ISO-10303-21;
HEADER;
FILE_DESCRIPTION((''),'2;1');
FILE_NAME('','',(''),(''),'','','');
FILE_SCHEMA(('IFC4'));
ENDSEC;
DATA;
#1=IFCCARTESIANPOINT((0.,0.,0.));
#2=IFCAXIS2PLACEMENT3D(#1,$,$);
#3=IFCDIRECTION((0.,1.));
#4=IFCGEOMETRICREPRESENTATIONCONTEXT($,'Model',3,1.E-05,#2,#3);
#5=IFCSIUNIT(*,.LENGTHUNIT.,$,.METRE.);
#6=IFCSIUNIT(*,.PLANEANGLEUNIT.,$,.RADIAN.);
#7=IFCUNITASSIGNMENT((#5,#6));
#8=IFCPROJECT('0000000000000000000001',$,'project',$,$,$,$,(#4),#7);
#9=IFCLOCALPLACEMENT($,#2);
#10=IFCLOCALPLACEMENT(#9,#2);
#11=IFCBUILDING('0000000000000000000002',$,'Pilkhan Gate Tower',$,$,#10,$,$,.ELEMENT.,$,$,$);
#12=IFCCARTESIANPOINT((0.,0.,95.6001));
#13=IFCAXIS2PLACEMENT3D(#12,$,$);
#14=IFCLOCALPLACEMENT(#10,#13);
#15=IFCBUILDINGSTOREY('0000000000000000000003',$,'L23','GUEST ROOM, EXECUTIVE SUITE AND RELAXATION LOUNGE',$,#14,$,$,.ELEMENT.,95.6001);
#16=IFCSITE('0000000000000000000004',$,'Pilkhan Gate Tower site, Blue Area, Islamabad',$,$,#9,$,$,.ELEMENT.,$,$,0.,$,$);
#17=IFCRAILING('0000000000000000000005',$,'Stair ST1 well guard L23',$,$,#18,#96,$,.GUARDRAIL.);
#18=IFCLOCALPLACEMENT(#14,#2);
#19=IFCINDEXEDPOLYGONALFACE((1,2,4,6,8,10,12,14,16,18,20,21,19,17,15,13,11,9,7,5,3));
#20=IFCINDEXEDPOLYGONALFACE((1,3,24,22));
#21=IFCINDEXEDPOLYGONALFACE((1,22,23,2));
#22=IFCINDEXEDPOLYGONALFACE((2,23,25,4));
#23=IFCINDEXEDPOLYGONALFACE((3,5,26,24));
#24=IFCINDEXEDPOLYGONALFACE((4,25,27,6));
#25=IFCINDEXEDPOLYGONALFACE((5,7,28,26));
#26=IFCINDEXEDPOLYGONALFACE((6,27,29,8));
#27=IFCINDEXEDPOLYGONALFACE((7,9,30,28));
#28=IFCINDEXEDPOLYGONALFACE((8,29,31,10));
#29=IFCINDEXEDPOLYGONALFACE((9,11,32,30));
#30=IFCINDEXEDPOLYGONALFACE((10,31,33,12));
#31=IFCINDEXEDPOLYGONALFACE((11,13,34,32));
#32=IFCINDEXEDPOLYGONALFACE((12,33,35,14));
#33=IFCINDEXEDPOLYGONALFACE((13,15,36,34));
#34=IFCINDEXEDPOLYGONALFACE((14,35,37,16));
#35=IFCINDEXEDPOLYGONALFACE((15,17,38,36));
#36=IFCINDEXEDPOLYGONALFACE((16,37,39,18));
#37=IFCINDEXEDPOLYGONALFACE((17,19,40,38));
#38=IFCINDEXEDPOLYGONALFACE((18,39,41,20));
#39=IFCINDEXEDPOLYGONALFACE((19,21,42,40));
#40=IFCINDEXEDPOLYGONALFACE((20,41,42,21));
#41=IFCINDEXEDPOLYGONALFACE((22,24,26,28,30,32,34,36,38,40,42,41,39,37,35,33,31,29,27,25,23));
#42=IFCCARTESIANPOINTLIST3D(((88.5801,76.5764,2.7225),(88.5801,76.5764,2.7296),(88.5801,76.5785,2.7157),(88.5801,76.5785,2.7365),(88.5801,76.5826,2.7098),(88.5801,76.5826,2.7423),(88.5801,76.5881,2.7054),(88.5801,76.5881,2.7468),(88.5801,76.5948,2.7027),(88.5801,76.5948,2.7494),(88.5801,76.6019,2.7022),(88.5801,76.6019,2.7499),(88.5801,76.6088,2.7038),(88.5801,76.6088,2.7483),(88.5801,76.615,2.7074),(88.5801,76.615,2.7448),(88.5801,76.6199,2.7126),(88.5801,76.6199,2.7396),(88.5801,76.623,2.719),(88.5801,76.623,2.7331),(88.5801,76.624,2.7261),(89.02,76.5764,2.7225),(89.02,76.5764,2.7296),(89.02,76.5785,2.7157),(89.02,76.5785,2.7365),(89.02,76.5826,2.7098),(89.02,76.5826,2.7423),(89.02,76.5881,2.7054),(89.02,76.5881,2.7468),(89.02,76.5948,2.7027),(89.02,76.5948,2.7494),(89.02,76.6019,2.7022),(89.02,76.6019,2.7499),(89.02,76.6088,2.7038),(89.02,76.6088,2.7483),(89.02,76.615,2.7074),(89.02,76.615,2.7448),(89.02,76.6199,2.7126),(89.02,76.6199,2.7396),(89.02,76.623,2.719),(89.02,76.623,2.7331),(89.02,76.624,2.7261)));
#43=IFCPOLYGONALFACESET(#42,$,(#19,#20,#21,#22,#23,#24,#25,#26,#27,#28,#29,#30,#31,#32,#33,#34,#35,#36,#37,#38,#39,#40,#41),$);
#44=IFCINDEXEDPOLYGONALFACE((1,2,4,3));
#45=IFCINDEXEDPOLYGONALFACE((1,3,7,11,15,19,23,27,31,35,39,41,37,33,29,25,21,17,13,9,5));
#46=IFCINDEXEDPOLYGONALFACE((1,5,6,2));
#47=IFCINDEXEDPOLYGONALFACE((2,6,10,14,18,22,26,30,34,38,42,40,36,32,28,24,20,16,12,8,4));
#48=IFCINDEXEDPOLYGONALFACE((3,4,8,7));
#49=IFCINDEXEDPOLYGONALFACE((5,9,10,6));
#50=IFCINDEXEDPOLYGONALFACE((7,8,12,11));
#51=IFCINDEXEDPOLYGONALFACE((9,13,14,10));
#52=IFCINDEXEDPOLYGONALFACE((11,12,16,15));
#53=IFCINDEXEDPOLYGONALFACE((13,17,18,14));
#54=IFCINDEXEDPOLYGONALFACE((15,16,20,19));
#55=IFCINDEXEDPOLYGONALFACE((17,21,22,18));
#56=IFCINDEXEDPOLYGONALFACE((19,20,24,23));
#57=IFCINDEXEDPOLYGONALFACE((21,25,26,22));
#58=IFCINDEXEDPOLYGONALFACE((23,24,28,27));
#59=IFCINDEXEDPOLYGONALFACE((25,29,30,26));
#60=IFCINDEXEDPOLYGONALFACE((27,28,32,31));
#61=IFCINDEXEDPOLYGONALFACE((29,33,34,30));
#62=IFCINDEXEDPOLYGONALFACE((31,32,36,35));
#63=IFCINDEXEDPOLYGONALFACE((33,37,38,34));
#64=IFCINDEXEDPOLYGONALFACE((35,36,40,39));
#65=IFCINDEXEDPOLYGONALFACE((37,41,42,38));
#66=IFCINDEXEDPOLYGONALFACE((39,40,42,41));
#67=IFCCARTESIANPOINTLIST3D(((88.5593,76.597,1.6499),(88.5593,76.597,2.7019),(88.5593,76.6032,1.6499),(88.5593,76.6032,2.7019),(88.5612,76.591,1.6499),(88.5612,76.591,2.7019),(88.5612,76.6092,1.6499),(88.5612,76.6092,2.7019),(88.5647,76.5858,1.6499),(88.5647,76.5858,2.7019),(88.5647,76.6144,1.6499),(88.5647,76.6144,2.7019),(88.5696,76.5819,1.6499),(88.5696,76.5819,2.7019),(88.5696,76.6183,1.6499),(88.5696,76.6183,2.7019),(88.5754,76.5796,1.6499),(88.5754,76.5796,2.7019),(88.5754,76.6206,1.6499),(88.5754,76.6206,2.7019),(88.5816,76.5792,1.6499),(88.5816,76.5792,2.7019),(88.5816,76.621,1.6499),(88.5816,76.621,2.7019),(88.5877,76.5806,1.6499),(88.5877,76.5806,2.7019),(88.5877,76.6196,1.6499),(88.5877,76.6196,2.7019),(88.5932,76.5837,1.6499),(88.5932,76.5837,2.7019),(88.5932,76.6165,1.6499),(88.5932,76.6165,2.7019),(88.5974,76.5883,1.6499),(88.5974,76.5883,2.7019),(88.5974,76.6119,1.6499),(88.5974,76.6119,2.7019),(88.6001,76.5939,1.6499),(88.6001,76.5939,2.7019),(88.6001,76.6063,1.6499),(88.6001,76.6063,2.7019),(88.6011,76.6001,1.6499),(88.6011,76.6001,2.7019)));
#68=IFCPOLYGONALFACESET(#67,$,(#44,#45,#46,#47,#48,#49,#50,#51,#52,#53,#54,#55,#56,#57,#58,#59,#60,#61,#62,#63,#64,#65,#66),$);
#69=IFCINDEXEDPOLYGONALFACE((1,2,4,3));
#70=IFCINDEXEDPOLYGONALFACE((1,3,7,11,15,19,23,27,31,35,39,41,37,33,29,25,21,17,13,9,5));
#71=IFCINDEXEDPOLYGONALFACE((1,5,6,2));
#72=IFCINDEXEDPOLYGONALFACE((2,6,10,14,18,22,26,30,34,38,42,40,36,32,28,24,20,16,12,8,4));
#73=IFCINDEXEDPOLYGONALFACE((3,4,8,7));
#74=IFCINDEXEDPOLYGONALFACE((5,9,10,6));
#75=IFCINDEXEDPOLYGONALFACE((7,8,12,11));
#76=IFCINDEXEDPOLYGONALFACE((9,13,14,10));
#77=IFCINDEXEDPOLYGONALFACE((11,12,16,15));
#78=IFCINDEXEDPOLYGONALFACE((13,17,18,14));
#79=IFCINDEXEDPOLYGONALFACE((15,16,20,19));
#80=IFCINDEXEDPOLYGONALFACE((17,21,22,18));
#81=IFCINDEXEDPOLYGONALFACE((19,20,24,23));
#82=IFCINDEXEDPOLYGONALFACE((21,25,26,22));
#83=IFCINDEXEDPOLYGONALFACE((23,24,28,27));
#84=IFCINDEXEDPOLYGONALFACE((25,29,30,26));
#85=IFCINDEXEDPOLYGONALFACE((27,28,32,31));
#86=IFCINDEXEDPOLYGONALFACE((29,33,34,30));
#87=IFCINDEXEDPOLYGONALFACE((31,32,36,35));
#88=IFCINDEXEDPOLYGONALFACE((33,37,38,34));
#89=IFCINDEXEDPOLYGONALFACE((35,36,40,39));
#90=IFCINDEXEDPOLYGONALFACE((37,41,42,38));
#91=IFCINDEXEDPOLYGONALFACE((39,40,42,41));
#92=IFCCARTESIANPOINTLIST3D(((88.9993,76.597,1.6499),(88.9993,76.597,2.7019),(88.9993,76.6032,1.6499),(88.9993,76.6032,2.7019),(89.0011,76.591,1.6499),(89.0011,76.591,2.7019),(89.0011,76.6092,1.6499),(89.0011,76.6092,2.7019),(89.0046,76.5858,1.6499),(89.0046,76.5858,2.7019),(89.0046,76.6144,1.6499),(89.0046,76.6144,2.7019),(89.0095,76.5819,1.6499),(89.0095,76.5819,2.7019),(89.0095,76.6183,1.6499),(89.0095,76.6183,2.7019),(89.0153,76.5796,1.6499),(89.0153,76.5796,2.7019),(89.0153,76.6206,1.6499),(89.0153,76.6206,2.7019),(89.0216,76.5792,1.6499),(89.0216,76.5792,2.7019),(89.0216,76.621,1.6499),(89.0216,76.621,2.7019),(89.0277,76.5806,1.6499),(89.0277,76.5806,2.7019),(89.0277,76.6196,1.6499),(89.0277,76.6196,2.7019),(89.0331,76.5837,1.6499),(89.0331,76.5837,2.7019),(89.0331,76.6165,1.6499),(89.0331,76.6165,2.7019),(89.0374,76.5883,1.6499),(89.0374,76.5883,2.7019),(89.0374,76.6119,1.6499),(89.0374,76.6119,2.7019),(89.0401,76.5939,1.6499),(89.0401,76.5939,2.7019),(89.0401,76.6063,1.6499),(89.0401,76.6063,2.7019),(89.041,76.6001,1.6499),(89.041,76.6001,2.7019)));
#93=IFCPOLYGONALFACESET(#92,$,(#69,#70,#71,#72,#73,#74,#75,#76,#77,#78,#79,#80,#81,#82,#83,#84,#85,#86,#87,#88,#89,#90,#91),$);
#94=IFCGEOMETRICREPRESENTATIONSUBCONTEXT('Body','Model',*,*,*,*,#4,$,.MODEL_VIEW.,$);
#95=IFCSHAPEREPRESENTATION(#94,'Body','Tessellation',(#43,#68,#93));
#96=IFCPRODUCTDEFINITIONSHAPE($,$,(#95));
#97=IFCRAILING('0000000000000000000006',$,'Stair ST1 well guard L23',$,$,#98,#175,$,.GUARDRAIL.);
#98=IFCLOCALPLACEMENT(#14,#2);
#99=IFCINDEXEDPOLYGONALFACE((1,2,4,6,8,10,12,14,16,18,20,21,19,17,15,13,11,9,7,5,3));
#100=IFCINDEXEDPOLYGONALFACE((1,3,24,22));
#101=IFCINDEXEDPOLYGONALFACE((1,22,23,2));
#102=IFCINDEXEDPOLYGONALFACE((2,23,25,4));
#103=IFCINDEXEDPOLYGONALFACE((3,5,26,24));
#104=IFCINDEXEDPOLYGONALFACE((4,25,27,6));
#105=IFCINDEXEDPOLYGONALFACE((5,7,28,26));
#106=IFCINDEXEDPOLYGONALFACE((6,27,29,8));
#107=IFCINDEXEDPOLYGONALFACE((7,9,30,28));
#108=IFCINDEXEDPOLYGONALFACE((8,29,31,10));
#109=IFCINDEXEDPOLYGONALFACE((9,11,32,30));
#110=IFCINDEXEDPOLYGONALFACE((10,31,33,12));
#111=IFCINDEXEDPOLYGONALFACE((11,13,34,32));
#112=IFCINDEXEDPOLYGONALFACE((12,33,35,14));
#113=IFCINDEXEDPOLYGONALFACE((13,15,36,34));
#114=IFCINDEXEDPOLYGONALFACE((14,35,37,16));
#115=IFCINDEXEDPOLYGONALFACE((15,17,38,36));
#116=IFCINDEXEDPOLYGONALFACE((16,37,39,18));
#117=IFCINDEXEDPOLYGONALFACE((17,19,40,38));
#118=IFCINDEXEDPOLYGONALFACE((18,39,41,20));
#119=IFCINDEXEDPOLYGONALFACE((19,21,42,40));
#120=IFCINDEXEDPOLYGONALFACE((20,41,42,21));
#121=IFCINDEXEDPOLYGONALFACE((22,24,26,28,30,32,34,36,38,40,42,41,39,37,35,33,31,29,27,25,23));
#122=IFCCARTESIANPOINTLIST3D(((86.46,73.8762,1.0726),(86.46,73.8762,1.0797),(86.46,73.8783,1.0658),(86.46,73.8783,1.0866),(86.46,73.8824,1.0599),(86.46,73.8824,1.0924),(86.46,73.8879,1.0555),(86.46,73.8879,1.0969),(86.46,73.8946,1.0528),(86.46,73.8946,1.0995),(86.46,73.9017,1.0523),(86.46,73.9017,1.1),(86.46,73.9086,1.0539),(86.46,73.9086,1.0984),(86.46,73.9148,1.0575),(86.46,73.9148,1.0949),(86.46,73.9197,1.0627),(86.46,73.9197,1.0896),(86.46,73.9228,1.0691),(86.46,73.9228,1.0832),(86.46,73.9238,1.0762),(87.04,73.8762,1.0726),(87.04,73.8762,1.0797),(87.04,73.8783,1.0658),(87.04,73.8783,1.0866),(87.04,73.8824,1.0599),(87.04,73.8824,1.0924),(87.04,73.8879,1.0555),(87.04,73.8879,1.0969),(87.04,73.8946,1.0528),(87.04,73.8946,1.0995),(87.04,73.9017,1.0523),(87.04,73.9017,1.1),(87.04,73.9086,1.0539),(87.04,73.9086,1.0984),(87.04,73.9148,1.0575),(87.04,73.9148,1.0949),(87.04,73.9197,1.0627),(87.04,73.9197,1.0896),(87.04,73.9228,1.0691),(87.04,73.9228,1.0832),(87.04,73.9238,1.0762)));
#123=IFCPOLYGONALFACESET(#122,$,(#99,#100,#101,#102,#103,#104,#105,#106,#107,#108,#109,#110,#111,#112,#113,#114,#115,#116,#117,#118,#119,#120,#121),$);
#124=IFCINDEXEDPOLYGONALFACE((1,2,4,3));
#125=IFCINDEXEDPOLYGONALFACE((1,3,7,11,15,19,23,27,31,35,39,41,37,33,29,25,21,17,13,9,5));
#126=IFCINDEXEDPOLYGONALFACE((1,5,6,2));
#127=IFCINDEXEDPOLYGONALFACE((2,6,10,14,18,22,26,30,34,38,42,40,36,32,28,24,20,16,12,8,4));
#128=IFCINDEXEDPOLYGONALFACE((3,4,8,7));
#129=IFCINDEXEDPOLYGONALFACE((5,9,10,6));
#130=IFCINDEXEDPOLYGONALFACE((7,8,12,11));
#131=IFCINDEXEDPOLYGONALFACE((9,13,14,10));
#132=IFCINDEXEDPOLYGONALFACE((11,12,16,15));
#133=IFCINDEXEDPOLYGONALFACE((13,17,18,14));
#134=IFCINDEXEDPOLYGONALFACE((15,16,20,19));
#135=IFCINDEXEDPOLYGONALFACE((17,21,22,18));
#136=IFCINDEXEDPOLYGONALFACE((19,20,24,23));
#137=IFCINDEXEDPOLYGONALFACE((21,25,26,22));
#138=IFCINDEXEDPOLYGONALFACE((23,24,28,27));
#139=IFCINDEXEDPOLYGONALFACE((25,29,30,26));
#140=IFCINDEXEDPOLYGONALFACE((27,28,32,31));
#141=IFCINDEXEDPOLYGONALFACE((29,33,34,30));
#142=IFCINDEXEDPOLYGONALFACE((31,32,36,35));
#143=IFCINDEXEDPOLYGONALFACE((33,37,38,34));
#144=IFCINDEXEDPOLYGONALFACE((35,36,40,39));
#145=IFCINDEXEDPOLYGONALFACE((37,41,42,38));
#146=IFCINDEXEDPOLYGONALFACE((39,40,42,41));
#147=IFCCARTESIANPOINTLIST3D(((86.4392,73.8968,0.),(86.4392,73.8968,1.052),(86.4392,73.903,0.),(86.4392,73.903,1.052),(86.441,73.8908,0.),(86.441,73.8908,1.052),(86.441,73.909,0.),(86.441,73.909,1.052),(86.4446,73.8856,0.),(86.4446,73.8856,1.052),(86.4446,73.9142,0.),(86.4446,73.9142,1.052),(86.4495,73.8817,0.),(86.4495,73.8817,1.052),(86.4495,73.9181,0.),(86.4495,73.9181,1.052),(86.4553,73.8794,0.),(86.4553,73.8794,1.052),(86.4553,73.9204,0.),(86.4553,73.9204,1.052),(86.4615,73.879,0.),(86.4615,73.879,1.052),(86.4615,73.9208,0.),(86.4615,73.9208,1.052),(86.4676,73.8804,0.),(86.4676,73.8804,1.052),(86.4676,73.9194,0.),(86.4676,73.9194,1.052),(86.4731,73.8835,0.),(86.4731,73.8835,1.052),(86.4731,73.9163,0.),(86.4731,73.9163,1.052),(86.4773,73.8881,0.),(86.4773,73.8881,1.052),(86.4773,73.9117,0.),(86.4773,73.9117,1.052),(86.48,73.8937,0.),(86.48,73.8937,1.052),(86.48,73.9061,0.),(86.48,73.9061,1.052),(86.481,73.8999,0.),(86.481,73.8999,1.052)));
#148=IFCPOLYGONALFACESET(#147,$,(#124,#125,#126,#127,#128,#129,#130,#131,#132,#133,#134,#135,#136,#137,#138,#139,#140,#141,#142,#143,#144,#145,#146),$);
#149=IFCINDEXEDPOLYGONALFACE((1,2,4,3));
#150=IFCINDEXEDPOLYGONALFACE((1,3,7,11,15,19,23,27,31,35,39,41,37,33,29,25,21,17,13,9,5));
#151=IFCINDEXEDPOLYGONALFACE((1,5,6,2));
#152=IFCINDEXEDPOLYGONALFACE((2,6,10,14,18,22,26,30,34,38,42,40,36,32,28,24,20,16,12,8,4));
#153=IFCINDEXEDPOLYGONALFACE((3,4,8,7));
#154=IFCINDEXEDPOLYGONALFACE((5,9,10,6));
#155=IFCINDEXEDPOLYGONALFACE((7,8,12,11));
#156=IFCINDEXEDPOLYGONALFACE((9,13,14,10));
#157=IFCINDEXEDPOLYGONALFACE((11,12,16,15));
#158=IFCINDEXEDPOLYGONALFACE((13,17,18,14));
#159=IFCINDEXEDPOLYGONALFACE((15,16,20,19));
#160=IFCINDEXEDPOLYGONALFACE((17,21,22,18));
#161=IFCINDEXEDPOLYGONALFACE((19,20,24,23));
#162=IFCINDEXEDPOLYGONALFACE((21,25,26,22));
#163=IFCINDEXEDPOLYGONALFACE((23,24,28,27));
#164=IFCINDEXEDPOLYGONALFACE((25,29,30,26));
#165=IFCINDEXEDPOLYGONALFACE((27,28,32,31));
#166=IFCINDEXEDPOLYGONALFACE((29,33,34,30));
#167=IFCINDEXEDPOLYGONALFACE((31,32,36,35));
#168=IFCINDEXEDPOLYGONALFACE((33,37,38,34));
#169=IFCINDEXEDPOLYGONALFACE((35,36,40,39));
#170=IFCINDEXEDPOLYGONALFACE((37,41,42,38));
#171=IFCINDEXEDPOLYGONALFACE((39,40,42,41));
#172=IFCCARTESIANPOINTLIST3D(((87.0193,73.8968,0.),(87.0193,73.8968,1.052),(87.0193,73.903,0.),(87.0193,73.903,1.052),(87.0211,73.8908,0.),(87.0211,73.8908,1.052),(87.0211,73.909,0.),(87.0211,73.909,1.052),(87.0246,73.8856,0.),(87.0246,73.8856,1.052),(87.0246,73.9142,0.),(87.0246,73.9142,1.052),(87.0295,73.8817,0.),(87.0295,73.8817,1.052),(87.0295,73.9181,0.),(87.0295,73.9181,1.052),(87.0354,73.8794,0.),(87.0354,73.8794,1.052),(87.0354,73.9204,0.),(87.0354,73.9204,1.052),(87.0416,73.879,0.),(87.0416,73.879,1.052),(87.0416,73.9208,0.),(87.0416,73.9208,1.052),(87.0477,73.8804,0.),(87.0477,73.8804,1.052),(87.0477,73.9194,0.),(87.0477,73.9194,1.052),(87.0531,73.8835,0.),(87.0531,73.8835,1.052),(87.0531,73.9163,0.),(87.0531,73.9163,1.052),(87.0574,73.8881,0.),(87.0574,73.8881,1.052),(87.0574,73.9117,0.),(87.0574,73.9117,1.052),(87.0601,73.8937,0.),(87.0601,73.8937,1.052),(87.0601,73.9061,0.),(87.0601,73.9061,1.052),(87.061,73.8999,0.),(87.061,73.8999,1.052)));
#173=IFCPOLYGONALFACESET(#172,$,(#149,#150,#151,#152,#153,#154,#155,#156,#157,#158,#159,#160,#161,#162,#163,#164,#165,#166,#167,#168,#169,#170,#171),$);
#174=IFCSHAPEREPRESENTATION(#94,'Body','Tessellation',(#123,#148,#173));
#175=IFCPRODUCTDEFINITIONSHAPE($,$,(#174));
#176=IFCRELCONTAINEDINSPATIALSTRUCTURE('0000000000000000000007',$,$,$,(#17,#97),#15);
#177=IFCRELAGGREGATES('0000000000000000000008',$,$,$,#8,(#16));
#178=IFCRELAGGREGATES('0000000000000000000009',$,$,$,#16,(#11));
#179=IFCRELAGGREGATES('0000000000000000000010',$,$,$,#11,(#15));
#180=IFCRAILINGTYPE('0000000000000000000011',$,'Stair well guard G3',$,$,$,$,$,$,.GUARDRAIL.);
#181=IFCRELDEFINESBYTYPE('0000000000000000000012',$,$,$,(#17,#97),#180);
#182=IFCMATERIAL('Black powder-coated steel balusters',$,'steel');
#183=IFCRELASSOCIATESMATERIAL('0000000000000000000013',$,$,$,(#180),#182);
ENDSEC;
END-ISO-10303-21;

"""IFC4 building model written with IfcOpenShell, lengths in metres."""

from ifc_helpers import new_model, si_unit, direction, frame, origin, origin_2d, place, context, subcontext, project, spatial, circle, extrude, material, type_object, element, save


model = new_model("IFC4")

# Units and contexts
model_context = context("Model", 3, precision=1e-05, world=origin(), true_north=direction((0.0, 1.0)))
body_context = subcontext(model_context, "Body", "Model", "MODEL_VIEW")
ifc_project = project(units=[si_unit("LENGTHUNIT", "METRE"), si_unit("PLANEANGLEUNIT", "RADIAN")], contexts=[model_context])

# Site, building, storey
site_placement = place(None, origin())
site = spatial("IfcSite", under=ifc_project, at=site_placement, Name="Pilkhan Gate Tower site, Blue Area, Islamabad", CompositionType="ELEMENT", RefElevation=0.0)
building_placement = place(site_placement, origin())
building = spatial("IfcBuilding", under=site, at=building_placement, Name="Pilkhan Gate Tower", CompositionType="ELEMENT")
storey_placement = place(building_placement, frame((0.0, 0.0, 95.6001)))
storey = spatial("IfcBuildingStorey", under=building, at=storey_placement, Name="L23", Description="GUEST ROOM, EXECUTIVE SUITE AND RELAXATION LOUNGE", CompositionType="ELEMENT", Elevation=95.6001)

# Railings
ifc_material_1 = material(Name="Black powder-coated steel balusters", Category="steel")
railing_type_1 = type_object("IfcRailingType", Name="Stair well guard G3", PredefinedType="GUARDRAIL", material=ifc_material_1)
railing_1_placement = place(storey_placement, frame((88.5801, 76.6001, 1.6499)))
element("IfcRailing", 1, at=railing_1_placement, inside=storey, type_object=railing_type_1, Name="Stair ST1 well guard L23", PredefinedType="GUARDRAIL", context=body_context, shape_type="SweptSolid", body=[
    extrude(circle(Radius=0.0239, at=origin_2d()), frame((0.0, 0.0, 1.0762), z_axis=(1.0, 0.0, 0.0), x_axis=(0.0, 1.0, 0.0)), (0.0, 0.0, 1.0), 0.4399),
    extrude(circle(Radius=0.021, at=origin_2d()), origin(), (0.0, 0.0, 1.0), 1.052),
    extrude(circle(Radius=0.021, at=origin_2d()), frame((0.4399, 0.0, 0.0)), (0.0, 0.0, 1.0), 1.052),
])
for number, where, name in (
    (2, (86.46, 73.8999, 0.0), "Stair ST1 well guard L23"),
):
    element("IfcRailing", number, at=place(storey_placement, frame(where)), inside=storey, type_object=railing_type_1, Name=name, PredefinedType="GUARDRAIL", context=body_context, shape_type="SweptSolid", body=[
        extrude(circle(Radius=0.0239, at=origin_2d()), frame((0.0, 0.0, 1.0762), z_axis=(1.0, 0.0, 0.0), x_axis=(0.0, 1.0, 0.0)), (0.0, 0.0, 1.0), 0.5801),
        extrude(circle(Radius=0.021, at=origin_2d()), origin(), (0.0, 0.0, 1.0), 1.052),
        extrude(circle(Radius=0.021, at=origin_2d()), frame((0.5801, 0.0, 0.0)), (0.0, 0.0, 1.0), 1.052),
    ])

save(model, "model.ifc")
